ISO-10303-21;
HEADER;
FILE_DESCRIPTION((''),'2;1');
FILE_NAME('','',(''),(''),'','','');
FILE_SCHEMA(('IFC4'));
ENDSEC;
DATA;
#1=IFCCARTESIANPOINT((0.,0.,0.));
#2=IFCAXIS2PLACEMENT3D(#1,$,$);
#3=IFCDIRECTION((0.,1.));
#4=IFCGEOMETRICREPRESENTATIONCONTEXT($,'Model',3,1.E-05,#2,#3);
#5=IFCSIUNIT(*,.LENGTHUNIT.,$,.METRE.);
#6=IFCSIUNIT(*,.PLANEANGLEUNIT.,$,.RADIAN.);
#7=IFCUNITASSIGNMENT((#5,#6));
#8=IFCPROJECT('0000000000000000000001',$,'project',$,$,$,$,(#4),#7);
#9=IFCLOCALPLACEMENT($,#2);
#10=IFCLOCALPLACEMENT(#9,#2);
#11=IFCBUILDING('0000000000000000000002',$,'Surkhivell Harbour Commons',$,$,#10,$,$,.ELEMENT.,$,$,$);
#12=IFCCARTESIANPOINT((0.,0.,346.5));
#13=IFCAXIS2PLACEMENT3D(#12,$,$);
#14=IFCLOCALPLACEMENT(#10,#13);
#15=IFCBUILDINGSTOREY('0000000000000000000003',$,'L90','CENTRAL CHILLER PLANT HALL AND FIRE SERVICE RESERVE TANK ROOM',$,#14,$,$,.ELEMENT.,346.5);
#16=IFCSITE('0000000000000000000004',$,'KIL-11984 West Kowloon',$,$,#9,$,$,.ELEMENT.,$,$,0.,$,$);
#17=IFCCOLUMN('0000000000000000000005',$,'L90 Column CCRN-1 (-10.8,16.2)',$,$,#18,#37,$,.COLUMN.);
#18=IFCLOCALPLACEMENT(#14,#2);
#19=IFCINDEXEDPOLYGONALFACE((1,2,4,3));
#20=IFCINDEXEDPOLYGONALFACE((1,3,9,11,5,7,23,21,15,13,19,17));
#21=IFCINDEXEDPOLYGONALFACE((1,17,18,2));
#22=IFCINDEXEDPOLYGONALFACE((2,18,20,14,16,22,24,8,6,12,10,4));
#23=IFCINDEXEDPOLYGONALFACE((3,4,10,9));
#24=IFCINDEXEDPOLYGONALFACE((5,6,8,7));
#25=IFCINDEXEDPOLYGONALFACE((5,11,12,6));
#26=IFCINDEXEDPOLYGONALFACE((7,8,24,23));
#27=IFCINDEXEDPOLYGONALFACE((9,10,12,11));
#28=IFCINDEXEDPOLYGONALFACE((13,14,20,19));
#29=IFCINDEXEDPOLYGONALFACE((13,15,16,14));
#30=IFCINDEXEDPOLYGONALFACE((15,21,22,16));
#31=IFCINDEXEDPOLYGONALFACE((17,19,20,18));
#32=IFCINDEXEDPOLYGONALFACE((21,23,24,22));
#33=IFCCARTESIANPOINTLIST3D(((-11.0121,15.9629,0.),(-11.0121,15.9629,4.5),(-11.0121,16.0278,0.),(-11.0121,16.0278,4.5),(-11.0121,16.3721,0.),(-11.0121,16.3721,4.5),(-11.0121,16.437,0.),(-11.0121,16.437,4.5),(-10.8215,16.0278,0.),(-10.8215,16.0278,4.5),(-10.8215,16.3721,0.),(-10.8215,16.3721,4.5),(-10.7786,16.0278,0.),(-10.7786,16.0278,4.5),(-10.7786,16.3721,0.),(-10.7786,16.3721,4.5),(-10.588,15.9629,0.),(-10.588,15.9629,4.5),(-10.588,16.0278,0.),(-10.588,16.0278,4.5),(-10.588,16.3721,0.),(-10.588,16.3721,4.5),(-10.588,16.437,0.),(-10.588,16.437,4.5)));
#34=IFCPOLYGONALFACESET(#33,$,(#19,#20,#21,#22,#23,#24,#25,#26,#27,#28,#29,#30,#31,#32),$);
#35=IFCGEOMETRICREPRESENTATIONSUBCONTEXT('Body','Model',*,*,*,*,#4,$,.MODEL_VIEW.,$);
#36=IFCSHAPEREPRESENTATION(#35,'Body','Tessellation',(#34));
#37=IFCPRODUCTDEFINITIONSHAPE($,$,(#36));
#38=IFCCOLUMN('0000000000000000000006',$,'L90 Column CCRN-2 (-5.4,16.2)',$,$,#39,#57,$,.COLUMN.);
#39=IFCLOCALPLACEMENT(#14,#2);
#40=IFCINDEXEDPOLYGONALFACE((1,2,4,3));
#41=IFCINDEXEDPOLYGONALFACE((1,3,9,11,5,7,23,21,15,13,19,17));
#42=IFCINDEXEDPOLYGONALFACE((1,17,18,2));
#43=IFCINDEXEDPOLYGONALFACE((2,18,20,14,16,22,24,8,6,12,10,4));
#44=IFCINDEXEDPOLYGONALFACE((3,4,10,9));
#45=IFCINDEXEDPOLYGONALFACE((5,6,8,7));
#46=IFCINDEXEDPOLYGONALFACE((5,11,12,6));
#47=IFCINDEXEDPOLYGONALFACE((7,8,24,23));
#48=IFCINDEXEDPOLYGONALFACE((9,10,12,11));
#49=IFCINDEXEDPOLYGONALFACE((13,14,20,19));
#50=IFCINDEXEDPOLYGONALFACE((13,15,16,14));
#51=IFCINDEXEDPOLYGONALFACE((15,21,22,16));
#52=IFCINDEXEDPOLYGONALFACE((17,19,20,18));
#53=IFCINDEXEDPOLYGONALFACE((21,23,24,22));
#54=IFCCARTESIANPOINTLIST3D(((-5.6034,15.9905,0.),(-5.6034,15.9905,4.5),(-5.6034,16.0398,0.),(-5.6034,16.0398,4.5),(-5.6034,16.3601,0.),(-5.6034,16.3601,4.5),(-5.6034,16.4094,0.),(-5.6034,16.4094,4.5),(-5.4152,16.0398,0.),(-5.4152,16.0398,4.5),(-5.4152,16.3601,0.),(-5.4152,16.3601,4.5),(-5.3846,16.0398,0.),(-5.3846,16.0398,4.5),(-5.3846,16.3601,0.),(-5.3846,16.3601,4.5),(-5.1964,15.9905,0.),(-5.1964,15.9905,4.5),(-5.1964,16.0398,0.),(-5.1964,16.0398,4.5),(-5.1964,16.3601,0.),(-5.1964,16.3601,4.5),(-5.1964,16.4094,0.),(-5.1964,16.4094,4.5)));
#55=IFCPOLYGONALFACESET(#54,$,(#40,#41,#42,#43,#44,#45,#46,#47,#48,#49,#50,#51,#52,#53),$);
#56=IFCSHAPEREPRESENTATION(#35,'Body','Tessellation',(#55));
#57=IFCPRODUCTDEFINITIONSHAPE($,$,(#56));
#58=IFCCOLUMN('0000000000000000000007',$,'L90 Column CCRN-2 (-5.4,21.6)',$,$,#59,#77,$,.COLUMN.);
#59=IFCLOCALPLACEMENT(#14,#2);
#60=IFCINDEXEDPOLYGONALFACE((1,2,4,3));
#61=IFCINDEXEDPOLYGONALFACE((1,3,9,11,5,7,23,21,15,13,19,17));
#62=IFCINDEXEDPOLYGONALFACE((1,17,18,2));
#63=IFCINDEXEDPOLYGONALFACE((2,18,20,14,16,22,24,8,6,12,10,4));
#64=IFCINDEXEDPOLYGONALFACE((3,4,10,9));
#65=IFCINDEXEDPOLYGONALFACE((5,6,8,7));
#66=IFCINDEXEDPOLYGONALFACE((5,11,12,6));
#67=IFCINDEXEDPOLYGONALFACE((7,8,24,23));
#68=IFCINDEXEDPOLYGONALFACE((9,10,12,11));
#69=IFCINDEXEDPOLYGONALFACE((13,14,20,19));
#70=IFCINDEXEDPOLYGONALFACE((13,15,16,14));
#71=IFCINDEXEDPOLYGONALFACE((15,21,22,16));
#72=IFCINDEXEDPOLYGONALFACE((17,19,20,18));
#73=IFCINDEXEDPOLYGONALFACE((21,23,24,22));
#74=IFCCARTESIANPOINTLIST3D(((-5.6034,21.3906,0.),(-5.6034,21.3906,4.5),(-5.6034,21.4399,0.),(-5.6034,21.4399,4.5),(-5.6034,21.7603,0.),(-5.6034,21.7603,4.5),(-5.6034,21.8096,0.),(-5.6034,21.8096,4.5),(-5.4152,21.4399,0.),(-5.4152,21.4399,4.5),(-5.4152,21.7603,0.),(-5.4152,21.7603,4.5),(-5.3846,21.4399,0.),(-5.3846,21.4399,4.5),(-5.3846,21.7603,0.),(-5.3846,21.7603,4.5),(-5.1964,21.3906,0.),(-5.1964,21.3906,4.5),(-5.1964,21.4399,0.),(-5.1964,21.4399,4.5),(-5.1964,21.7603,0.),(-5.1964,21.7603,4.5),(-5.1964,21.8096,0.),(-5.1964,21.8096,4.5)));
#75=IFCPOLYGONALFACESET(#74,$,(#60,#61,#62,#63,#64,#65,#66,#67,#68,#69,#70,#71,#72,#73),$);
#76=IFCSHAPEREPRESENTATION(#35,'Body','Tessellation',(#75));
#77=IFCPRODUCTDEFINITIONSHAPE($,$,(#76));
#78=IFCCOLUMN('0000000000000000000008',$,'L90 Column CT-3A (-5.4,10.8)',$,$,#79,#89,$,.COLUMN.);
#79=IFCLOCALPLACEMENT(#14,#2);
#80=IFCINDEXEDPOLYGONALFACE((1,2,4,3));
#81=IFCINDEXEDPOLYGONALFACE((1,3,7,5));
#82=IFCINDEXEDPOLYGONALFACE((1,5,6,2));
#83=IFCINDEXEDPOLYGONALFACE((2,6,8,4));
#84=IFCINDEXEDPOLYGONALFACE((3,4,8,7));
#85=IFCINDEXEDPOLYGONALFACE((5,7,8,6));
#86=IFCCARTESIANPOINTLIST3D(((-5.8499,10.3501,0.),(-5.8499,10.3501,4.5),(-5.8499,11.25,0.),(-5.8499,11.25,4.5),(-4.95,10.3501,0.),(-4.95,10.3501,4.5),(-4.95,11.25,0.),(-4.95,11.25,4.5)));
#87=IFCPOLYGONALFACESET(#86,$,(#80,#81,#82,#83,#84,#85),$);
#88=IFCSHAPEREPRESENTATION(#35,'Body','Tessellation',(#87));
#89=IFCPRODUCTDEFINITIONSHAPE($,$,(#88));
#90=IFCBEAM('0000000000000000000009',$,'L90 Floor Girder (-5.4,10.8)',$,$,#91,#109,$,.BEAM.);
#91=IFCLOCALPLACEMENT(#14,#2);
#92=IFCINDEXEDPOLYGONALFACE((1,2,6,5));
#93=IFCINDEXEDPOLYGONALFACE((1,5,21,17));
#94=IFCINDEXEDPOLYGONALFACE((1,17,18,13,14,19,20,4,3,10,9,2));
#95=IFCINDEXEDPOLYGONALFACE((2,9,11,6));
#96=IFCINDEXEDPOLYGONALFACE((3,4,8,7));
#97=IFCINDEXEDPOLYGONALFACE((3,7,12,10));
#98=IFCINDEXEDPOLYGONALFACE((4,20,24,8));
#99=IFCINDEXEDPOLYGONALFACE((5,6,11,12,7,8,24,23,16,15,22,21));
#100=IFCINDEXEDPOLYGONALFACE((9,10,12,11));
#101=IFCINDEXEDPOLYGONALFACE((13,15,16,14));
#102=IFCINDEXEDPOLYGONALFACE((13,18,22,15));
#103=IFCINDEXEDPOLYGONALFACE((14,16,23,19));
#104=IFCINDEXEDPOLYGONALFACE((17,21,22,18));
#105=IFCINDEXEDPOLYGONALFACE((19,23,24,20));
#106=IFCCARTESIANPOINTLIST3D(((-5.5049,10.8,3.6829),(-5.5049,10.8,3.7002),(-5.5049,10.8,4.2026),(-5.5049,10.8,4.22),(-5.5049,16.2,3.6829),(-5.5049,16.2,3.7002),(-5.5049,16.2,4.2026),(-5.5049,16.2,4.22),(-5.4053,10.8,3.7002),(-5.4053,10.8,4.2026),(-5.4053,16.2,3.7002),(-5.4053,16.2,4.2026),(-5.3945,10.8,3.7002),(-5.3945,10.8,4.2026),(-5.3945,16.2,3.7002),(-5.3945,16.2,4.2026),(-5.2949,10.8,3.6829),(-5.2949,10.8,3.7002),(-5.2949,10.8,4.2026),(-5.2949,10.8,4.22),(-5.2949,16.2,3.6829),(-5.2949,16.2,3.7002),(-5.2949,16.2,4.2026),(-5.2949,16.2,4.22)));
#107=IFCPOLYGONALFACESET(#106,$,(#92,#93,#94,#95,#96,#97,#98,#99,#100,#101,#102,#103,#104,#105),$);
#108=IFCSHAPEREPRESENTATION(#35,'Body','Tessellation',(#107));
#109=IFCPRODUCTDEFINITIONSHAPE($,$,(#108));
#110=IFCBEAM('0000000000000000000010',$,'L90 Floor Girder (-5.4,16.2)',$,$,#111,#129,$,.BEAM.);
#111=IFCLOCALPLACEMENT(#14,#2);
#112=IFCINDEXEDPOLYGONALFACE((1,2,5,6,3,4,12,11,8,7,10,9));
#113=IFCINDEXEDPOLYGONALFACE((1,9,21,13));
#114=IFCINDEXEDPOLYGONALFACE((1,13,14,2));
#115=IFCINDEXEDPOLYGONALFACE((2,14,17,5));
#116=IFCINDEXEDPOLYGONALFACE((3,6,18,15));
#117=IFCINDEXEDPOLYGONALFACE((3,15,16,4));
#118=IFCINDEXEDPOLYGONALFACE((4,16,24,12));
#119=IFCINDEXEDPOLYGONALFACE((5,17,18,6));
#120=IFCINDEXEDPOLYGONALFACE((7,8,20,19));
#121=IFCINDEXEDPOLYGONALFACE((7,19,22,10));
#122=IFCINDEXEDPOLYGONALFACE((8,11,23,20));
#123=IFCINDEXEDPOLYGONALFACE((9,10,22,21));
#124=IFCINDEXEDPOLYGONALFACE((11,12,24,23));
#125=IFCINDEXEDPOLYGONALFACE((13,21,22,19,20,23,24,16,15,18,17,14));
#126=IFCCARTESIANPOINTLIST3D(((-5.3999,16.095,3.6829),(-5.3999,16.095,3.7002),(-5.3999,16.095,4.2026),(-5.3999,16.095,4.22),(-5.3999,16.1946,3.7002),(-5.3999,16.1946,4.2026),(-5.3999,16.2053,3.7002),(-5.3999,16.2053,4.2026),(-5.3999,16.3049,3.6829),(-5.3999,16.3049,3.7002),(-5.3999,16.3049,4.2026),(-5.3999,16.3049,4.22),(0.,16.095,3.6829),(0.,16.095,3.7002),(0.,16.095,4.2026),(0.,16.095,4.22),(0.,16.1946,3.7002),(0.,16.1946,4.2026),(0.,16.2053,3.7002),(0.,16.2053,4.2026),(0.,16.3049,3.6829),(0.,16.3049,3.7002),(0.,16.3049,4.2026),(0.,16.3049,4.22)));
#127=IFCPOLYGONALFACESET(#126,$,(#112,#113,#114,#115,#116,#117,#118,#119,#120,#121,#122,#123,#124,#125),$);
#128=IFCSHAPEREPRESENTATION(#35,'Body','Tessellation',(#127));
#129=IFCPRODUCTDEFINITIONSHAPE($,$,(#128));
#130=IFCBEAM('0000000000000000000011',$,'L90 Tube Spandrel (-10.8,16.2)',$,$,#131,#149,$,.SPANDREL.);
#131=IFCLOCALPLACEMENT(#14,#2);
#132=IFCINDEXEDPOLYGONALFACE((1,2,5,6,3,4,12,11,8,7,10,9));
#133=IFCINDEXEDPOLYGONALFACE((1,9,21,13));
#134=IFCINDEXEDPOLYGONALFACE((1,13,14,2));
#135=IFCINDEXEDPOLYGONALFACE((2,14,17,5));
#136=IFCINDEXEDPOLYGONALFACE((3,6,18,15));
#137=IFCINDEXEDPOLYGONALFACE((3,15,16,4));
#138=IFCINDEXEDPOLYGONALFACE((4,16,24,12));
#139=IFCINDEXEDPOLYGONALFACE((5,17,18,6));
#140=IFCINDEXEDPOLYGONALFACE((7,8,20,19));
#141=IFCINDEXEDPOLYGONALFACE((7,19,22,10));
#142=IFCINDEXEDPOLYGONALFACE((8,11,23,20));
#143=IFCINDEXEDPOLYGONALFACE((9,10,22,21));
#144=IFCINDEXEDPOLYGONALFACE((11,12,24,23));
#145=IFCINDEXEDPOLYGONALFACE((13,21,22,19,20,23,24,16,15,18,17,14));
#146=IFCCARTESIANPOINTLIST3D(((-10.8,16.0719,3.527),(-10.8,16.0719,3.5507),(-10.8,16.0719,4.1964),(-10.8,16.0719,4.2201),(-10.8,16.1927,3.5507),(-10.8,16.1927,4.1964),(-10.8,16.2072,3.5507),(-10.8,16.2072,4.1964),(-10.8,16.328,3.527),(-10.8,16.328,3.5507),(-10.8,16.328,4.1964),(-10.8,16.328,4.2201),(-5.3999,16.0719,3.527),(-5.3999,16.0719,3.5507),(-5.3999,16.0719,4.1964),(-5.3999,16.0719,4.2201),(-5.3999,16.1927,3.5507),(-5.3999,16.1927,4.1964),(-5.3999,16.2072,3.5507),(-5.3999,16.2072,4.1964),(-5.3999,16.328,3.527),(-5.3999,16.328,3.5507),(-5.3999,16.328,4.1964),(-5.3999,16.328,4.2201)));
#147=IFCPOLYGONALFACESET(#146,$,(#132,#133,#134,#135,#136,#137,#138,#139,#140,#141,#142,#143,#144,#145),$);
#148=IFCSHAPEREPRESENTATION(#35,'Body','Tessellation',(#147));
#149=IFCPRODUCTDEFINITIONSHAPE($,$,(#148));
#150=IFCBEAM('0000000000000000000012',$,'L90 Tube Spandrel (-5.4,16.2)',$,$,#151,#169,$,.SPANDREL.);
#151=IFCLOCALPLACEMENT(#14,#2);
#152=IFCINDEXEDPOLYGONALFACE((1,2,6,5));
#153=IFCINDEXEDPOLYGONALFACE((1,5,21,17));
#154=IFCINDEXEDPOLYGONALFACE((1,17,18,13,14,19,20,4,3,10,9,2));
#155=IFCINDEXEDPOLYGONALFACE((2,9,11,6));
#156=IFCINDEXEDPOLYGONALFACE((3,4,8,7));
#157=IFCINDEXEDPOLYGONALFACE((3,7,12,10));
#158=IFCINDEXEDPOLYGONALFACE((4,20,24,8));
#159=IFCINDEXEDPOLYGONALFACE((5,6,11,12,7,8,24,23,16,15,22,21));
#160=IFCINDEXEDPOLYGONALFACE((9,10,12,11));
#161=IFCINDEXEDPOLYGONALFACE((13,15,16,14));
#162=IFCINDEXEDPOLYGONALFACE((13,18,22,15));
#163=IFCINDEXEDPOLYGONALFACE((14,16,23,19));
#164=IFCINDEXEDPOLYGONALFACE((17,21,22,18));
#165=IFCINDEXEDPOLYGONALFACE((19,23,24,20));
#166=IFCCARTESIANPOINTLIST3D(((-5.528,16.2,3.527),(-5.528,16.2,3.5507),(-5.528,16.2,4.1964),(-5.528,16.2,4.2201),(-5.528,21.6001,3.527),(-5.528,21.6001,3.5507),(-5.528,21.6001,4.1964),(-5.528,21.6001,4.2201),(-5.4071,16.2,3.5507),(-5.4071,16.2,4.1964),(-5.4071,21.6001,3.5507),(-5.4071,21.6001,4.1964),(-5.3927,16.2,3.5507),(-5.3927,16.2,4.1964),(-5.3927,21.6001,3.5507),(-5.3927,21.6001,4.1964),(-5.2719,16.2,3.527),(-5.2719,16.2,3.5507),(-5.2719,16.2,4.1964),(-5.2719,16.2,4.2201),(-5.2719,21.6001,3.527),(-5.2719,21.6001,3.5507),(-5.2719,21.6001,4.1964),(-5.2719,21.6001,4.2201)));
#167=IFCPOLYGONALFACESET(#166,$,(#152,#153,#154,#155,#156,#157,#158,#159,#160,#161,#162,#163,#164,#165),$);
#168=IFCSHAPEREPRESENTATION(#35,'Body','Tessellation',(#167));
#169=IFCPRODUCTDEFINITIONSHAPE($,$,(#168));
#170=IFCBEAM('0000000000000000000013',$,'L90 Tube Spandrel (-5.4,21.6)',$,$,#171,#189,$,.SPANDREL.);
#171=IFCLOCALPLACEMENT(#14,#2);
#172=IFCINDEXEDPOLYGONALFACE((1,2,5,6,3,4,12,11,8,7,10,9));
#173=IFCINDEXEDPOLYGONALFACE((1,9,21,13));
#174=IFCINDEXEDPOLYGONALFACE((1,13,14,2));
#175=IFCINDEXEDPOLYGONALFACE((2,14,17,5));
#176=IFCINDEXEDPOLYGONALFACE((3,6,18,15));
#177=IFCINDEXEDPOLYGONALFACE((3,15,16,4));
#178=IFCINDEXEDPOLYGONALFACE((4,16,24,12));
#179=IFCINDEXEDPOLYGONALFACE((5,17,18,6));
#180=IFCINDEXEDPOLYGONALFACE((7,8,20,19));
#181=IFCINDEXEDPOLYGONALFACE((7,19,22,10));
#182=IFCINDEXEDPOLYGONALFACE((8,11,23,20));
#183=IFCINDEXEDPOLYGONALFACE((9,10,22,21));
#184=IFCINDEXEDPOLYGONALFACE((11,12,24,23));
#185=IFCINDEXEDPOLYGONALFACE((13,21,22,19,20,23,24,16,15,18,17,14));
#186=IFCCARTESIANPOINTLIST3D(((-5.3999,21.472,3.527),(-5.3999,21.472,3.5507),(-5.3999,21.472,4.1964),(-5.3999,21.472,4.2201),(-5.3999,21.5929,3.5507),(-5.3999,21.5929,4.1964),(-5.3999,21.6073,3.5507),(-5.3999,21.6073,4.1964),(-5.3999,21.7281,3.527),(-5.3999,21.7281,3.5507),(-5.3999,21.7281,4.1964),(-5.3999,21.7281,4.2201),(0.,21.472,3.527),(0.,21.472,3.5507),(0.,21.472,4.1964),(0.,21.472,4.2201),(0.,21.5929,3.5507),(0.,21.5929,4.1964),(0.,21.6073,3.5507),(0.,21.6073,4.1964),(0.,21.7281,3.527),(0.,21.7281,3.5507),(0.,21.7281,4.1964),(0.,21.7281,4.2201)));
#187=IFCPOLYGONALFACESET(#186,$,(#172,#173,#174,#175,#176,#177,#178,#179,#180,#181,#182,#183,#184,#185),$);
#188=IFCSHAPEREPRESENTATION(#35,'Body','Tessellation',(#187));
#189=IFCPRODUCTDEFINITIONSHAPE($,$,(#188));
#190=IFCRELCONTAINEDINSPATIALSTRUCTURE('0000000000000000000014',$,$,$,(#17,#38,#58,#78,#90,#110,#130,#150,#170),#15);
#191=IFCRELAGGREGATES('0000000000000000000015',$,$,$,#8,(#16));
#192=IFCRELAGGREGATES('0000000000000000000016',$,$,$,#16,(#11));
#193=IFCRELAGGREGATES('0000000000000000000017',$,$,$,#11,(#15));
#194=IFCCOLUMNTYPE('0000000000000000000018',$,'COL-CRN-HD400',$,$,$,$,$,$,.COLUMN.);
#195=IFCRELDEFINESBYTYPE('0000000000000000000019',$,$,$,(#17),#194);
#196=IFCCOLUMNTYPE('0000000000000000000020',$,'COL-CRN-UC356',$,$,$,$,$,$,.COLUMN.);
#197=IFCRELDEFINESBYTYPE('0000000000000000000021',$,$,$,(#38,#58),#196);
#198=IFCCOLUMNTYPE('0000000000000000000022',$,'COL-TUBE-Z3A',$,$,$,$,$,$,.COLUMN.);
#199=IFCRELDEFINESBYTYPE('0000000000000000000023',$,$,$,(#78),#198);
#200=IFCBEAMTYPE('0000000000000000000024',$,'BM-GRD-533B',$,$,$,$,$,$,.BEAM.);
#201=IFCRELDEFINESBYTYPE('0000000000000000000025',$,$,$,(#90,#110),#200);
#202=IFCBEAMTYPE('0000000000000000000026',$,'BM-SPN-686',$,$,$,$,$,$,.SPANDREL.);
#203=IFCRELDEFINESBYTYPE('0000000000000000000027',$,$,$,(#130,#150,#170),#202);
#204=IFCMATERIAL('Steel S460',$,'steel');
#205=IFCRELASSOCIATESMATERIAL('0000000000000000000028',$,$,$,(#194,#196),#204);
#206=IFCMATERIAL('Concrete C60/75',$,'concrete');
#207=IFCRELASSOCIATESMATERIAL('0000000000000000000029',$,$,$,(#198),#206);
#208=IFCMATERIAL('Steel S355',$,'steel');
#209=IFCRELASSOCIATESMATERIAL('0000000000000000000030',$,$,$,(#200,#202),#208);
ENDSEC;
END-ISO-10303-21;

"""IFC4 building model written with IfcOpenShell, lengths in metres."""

from ifc_helpers import new_model, si_unit, direction, frame, origin, origin_2d, place, context, subcontext, project, spatial, rectangle, i_section, extrude, material, material_profile, profile_set, type_object, element, save


model = new_model("IFC4")

# Units and contexts
model_context = context("Model", 3, precision=1e-05, world=origin(), true_north=direction((0.0, 1.0)))
body_context = subcontext(model_context, "Body", "Model", "MODEL_VIEW")
ifc_project = project(units=[si_unit("LENGTHUNIT", "METRE"), si_unit("PLANEANGLEUNIT", "RADIAN")], contexts=[model_context])

# Site, building, storey
site_placement = place(None, origin())
site = spatial("IfcSite", under=ifc_project, at=site_placement, Name="KIL-11984 West Kowloon", CompositionType="ELEMENT", RefElevation=0.0)
building_placement = place(site_placement, origin())
building = spatial("IfcBuilding", under=site, at=building_placement, Name="Surkhivell Harbour Commons", CompositionType="ELEMENT")
storey_placement = place(building_placement, frame((0.0, 0.0, 346.5)))
storey = spatial("IfcBuildingStorey", under=building, at=storey_placement, Name="L90", Description="CENTRAL CHILLER PLANT HALL AND FIRE SERVICE RESERVE TANK ROOM", CompositionType="ELEMENT", Elevation=346.5)

# Columns
ifc_material_1 = material(Name="Steel S460", Category="steel")
ifc_material_profile_1 = material_profile(ifc_material_1, i_section(OverallWidth=0.4241, OverallDepth=0.4741, WebThickness=0.043, FlangeThickness=0.0649, at=origin_2d()), Name="HD400x634")
ifc_profile_set_1 = profile_set([ifc_material_profile_1], Name="Steel S460")
column_type_1 = type_object("IfcColumnType", Name="COL-CRN-HD400", PredefinedType="COLUMN", material=ifc_profile_set_1)
column_1_placement = place(storey_placement, frame((-10.8, 16.2, 0.0), z_axis=(0.0, 0.0, 1.0), x_axis=(1.0, 0.0, 0.0)))
element("IfcColumn", 1, at=column_1_placement, inside=storey, type_object=column_type_1, Name="L90 Column CCRN-1 (-10.8,16.2)", PredefinedType="COLUMN", context=body_context, shape_type="SweptSolid", body=[
    extrude(i_section(OverallWidth=0.4241, OverallDepth=0.4741, WebThickness=0.043, FlangeThickness=0.0649, at=origin_2d()), origin(), (0.0, 0.0, 1.0), 4.5),
])
ifc_material_profile_2 = material_profile(ifc_material_1, i_section(OverallWidth=0.407, OverallDepth=0.4189, WebThickness=0.0305, FlangeThickness=0.0493, at=origin_2d()), Name="UC356x406x393")
ifc_profile_set_2 = profile_set([ifc_material_profile_2], Name="Steel S460")
column_type_2 = type_object("IfcColumnType", Name="COL-CRN-UC356", PredefinedType="COLUMN", material=ifc_profile_set_2)
for number, where, z_axis, x_axis, name in (
    (2, (-5.3999, 16.2, 0.0), (0.0, 0.0, 1.0), (1.0, 0.0, 0.0), "L90 Column CCRN-2 (-5.4,16.2)"),
    (3, (-5.3999, 21.6001, 0.0), (0.0, 0.0, 1.0), (1.0, 0.0, 0.0), "L90 Column CCRN-2 (-5.4,21.6)"),
):
    element("IfcColumn", number, at=place(storey_placement, frame(where, z_axis=z_axis, x_axis=x_axis)), inside=storey, type_object=column_type_2, Name=name, PredefinedType="COLUMN", context=body_context, shape_type="SweptSolid", body=[
        extrude(i_section(OverallWidth=0.407, OverallDepth=0.4189, WebThickness=0.0305, FlangeThickness=0.0493, at=origin_2d()), origin(), (0.0, 0.0, 1.0), 4.5),
    ])
ifc_material_2 = material(Name="Concrete C60/75", Category="concrete")
ifc_material_profile_3 = material_profile(ifc_material_2, rectangle(XDim=0.8999, YDim=0.8999, at=origin_2d()), Name="RC-COL-900x900")
ifc_profile_set_3 = profile_set([ifc_material_profile_3], Name="Concrete C60/75")
column_type_3 = type_object("IfcColumnType", Name="COL-TUBE-Z3A", PredefinedType="COLUMN", material=ifc_profile_set_3)
column_2_placement = place(storey_placement, frame((-5.3999, 10.8, 0.0), z_axis=(0.0, 0.0, 1.0), x_axis=(1.0, 0.0, 0.0)))
element("IfcColumn", 4, at=column_2_placement, inside=storey, type_object=column_type_3, Name="L90 Column CT-3A (-5.4,10.8)", PredefinedType="COLUMN", context=body_context, shape_type="SweptSolid", body=[
    extrude(rectangle(XDim=0.8999, YDim=0.8999, at=origin_2d()), origin(), (0.0, 0.0, 1.0), 4.5),
])

# Beams
ifc_material_3 = material(Name="Steel S355", Category="steel")
ifc_material_profile_4 = material_profile(ifc_material_3, i_section(OverallWidth=0.21, OverallDepth=0.5371, WebThickness=0.0107, FlangeThickness=0.0173, at=origin_2d()), Name="UB533x210x101")
ifc_profile_set_4 = profile_set([ifc_material_profile_4], Name="Steel S355")
beam_type_1 = type_object("IfcBeamType", Name="BM-GRD-533B", PredefinedType="BEAM", material=ifc_profile_set_4)
for number, where, z_axis, x_axis, name in (
    (5, (-5.3999, 10.8, 3.9514), (0.0, 1.0, 0.0), (-1.0, 0.0, 0.0), "L90 Floor Girder (-5.4,10.8)"),
    (6, (-5.3999, 16.2, 3.9514), (1.0, 0.0, 0.0), (0.0, 1.0, 0.0), "L90 Floor Girder (-5.4,16.2)"),
):
    element("IfcBeam", number, at=place(storey_placement, frame(where, z_axis=z_axis, x_axis=x_axis)), inside=storey, type_object=beam_type_1, Name=name, PredefinedType="BEAM", context=body_context, shape_type="SweptSolid", body=[
        extrude(i_section(OverallWidth=0.21, OverallDepth=0.5371, WebThickness=0.0107, FlangeThickness=0.0173, at=origin_2d()), origin(), (0.0, 0.0, 1.0), 5.3999),
    ])
ifc_material_profile_5 = material_profile(ifc_material_3, i_section(OverallWidth=0.2561, OverallDepth=0.6931, WebThickness=0.0144, FlangeThickness=0.0237, at=origin_2d()), Name="UB686x254x170")
ifc_profile_set_5 = profile_set([ifc_material_profile_5], Name="Steel S355")
beam_type_2 = type_object("IfcBeamType", Name="BM-SPN-686", PredefinedType="SPANDREL", material=ifc_profile_set_5)
for number, where, z_axis, x_axis, name in (
    (7, (-10.8, 16.2, 3.8735), (1.0, 0.0, 0.0), (0.0, 1.0, 0.0), "L90 Tube Spandrel (-10.8,16.2)"),
    (8, (-5.3999, 16.2, 3.8735), (0.0, 1.0, 0.0), (-1.0, 0.0, 0.0), "L90 Tube Spandrel (-5.4,16.2)"),
):
    element("IfcBeam", number, at=place(storey_placement, frame(where, z_axis=z_axis, x_axis=x_axis)), inside=storey, type_object=beam_type_2, Name=name, PredefinedType="SPANDREL", context=body_context, shape_type="SweptSolid", body=[
        extrude(i_section(OverallWidth=0.2561, OverallDepth=0.6931, WebThickness=0.0144, FlangeThickness=0.0237, at=origin_2d()), origin(), (0.0, 0.0, 1.0), 5.4001),
    ])
beam_placement = place(storey_placement, frame((-5.3999, 21.6001, 3.8735), z_axis=(1.0, 0.0, 0.0), x_axis=(0.0, 1.0, 0.0)))
element("IfcBeam", 9, at=beam_placement, inside=storey, type_object=beam_type_2, Name="L90 Tube Spandrel (-5.4,21.6)", PredefinedType="SPANDREL", context=body_context, shape_type="SweptSolid", body=[
    extrude(i_section(OverallWidth=0.2561, OverallDepth=0.6931, WebThickness=0.0144, FlangeThickness=0.0237, at=origin_2d()), origin(), (0.0, 0.0, 1.0), 5.3999),
])

save(model, "model.ifc")
